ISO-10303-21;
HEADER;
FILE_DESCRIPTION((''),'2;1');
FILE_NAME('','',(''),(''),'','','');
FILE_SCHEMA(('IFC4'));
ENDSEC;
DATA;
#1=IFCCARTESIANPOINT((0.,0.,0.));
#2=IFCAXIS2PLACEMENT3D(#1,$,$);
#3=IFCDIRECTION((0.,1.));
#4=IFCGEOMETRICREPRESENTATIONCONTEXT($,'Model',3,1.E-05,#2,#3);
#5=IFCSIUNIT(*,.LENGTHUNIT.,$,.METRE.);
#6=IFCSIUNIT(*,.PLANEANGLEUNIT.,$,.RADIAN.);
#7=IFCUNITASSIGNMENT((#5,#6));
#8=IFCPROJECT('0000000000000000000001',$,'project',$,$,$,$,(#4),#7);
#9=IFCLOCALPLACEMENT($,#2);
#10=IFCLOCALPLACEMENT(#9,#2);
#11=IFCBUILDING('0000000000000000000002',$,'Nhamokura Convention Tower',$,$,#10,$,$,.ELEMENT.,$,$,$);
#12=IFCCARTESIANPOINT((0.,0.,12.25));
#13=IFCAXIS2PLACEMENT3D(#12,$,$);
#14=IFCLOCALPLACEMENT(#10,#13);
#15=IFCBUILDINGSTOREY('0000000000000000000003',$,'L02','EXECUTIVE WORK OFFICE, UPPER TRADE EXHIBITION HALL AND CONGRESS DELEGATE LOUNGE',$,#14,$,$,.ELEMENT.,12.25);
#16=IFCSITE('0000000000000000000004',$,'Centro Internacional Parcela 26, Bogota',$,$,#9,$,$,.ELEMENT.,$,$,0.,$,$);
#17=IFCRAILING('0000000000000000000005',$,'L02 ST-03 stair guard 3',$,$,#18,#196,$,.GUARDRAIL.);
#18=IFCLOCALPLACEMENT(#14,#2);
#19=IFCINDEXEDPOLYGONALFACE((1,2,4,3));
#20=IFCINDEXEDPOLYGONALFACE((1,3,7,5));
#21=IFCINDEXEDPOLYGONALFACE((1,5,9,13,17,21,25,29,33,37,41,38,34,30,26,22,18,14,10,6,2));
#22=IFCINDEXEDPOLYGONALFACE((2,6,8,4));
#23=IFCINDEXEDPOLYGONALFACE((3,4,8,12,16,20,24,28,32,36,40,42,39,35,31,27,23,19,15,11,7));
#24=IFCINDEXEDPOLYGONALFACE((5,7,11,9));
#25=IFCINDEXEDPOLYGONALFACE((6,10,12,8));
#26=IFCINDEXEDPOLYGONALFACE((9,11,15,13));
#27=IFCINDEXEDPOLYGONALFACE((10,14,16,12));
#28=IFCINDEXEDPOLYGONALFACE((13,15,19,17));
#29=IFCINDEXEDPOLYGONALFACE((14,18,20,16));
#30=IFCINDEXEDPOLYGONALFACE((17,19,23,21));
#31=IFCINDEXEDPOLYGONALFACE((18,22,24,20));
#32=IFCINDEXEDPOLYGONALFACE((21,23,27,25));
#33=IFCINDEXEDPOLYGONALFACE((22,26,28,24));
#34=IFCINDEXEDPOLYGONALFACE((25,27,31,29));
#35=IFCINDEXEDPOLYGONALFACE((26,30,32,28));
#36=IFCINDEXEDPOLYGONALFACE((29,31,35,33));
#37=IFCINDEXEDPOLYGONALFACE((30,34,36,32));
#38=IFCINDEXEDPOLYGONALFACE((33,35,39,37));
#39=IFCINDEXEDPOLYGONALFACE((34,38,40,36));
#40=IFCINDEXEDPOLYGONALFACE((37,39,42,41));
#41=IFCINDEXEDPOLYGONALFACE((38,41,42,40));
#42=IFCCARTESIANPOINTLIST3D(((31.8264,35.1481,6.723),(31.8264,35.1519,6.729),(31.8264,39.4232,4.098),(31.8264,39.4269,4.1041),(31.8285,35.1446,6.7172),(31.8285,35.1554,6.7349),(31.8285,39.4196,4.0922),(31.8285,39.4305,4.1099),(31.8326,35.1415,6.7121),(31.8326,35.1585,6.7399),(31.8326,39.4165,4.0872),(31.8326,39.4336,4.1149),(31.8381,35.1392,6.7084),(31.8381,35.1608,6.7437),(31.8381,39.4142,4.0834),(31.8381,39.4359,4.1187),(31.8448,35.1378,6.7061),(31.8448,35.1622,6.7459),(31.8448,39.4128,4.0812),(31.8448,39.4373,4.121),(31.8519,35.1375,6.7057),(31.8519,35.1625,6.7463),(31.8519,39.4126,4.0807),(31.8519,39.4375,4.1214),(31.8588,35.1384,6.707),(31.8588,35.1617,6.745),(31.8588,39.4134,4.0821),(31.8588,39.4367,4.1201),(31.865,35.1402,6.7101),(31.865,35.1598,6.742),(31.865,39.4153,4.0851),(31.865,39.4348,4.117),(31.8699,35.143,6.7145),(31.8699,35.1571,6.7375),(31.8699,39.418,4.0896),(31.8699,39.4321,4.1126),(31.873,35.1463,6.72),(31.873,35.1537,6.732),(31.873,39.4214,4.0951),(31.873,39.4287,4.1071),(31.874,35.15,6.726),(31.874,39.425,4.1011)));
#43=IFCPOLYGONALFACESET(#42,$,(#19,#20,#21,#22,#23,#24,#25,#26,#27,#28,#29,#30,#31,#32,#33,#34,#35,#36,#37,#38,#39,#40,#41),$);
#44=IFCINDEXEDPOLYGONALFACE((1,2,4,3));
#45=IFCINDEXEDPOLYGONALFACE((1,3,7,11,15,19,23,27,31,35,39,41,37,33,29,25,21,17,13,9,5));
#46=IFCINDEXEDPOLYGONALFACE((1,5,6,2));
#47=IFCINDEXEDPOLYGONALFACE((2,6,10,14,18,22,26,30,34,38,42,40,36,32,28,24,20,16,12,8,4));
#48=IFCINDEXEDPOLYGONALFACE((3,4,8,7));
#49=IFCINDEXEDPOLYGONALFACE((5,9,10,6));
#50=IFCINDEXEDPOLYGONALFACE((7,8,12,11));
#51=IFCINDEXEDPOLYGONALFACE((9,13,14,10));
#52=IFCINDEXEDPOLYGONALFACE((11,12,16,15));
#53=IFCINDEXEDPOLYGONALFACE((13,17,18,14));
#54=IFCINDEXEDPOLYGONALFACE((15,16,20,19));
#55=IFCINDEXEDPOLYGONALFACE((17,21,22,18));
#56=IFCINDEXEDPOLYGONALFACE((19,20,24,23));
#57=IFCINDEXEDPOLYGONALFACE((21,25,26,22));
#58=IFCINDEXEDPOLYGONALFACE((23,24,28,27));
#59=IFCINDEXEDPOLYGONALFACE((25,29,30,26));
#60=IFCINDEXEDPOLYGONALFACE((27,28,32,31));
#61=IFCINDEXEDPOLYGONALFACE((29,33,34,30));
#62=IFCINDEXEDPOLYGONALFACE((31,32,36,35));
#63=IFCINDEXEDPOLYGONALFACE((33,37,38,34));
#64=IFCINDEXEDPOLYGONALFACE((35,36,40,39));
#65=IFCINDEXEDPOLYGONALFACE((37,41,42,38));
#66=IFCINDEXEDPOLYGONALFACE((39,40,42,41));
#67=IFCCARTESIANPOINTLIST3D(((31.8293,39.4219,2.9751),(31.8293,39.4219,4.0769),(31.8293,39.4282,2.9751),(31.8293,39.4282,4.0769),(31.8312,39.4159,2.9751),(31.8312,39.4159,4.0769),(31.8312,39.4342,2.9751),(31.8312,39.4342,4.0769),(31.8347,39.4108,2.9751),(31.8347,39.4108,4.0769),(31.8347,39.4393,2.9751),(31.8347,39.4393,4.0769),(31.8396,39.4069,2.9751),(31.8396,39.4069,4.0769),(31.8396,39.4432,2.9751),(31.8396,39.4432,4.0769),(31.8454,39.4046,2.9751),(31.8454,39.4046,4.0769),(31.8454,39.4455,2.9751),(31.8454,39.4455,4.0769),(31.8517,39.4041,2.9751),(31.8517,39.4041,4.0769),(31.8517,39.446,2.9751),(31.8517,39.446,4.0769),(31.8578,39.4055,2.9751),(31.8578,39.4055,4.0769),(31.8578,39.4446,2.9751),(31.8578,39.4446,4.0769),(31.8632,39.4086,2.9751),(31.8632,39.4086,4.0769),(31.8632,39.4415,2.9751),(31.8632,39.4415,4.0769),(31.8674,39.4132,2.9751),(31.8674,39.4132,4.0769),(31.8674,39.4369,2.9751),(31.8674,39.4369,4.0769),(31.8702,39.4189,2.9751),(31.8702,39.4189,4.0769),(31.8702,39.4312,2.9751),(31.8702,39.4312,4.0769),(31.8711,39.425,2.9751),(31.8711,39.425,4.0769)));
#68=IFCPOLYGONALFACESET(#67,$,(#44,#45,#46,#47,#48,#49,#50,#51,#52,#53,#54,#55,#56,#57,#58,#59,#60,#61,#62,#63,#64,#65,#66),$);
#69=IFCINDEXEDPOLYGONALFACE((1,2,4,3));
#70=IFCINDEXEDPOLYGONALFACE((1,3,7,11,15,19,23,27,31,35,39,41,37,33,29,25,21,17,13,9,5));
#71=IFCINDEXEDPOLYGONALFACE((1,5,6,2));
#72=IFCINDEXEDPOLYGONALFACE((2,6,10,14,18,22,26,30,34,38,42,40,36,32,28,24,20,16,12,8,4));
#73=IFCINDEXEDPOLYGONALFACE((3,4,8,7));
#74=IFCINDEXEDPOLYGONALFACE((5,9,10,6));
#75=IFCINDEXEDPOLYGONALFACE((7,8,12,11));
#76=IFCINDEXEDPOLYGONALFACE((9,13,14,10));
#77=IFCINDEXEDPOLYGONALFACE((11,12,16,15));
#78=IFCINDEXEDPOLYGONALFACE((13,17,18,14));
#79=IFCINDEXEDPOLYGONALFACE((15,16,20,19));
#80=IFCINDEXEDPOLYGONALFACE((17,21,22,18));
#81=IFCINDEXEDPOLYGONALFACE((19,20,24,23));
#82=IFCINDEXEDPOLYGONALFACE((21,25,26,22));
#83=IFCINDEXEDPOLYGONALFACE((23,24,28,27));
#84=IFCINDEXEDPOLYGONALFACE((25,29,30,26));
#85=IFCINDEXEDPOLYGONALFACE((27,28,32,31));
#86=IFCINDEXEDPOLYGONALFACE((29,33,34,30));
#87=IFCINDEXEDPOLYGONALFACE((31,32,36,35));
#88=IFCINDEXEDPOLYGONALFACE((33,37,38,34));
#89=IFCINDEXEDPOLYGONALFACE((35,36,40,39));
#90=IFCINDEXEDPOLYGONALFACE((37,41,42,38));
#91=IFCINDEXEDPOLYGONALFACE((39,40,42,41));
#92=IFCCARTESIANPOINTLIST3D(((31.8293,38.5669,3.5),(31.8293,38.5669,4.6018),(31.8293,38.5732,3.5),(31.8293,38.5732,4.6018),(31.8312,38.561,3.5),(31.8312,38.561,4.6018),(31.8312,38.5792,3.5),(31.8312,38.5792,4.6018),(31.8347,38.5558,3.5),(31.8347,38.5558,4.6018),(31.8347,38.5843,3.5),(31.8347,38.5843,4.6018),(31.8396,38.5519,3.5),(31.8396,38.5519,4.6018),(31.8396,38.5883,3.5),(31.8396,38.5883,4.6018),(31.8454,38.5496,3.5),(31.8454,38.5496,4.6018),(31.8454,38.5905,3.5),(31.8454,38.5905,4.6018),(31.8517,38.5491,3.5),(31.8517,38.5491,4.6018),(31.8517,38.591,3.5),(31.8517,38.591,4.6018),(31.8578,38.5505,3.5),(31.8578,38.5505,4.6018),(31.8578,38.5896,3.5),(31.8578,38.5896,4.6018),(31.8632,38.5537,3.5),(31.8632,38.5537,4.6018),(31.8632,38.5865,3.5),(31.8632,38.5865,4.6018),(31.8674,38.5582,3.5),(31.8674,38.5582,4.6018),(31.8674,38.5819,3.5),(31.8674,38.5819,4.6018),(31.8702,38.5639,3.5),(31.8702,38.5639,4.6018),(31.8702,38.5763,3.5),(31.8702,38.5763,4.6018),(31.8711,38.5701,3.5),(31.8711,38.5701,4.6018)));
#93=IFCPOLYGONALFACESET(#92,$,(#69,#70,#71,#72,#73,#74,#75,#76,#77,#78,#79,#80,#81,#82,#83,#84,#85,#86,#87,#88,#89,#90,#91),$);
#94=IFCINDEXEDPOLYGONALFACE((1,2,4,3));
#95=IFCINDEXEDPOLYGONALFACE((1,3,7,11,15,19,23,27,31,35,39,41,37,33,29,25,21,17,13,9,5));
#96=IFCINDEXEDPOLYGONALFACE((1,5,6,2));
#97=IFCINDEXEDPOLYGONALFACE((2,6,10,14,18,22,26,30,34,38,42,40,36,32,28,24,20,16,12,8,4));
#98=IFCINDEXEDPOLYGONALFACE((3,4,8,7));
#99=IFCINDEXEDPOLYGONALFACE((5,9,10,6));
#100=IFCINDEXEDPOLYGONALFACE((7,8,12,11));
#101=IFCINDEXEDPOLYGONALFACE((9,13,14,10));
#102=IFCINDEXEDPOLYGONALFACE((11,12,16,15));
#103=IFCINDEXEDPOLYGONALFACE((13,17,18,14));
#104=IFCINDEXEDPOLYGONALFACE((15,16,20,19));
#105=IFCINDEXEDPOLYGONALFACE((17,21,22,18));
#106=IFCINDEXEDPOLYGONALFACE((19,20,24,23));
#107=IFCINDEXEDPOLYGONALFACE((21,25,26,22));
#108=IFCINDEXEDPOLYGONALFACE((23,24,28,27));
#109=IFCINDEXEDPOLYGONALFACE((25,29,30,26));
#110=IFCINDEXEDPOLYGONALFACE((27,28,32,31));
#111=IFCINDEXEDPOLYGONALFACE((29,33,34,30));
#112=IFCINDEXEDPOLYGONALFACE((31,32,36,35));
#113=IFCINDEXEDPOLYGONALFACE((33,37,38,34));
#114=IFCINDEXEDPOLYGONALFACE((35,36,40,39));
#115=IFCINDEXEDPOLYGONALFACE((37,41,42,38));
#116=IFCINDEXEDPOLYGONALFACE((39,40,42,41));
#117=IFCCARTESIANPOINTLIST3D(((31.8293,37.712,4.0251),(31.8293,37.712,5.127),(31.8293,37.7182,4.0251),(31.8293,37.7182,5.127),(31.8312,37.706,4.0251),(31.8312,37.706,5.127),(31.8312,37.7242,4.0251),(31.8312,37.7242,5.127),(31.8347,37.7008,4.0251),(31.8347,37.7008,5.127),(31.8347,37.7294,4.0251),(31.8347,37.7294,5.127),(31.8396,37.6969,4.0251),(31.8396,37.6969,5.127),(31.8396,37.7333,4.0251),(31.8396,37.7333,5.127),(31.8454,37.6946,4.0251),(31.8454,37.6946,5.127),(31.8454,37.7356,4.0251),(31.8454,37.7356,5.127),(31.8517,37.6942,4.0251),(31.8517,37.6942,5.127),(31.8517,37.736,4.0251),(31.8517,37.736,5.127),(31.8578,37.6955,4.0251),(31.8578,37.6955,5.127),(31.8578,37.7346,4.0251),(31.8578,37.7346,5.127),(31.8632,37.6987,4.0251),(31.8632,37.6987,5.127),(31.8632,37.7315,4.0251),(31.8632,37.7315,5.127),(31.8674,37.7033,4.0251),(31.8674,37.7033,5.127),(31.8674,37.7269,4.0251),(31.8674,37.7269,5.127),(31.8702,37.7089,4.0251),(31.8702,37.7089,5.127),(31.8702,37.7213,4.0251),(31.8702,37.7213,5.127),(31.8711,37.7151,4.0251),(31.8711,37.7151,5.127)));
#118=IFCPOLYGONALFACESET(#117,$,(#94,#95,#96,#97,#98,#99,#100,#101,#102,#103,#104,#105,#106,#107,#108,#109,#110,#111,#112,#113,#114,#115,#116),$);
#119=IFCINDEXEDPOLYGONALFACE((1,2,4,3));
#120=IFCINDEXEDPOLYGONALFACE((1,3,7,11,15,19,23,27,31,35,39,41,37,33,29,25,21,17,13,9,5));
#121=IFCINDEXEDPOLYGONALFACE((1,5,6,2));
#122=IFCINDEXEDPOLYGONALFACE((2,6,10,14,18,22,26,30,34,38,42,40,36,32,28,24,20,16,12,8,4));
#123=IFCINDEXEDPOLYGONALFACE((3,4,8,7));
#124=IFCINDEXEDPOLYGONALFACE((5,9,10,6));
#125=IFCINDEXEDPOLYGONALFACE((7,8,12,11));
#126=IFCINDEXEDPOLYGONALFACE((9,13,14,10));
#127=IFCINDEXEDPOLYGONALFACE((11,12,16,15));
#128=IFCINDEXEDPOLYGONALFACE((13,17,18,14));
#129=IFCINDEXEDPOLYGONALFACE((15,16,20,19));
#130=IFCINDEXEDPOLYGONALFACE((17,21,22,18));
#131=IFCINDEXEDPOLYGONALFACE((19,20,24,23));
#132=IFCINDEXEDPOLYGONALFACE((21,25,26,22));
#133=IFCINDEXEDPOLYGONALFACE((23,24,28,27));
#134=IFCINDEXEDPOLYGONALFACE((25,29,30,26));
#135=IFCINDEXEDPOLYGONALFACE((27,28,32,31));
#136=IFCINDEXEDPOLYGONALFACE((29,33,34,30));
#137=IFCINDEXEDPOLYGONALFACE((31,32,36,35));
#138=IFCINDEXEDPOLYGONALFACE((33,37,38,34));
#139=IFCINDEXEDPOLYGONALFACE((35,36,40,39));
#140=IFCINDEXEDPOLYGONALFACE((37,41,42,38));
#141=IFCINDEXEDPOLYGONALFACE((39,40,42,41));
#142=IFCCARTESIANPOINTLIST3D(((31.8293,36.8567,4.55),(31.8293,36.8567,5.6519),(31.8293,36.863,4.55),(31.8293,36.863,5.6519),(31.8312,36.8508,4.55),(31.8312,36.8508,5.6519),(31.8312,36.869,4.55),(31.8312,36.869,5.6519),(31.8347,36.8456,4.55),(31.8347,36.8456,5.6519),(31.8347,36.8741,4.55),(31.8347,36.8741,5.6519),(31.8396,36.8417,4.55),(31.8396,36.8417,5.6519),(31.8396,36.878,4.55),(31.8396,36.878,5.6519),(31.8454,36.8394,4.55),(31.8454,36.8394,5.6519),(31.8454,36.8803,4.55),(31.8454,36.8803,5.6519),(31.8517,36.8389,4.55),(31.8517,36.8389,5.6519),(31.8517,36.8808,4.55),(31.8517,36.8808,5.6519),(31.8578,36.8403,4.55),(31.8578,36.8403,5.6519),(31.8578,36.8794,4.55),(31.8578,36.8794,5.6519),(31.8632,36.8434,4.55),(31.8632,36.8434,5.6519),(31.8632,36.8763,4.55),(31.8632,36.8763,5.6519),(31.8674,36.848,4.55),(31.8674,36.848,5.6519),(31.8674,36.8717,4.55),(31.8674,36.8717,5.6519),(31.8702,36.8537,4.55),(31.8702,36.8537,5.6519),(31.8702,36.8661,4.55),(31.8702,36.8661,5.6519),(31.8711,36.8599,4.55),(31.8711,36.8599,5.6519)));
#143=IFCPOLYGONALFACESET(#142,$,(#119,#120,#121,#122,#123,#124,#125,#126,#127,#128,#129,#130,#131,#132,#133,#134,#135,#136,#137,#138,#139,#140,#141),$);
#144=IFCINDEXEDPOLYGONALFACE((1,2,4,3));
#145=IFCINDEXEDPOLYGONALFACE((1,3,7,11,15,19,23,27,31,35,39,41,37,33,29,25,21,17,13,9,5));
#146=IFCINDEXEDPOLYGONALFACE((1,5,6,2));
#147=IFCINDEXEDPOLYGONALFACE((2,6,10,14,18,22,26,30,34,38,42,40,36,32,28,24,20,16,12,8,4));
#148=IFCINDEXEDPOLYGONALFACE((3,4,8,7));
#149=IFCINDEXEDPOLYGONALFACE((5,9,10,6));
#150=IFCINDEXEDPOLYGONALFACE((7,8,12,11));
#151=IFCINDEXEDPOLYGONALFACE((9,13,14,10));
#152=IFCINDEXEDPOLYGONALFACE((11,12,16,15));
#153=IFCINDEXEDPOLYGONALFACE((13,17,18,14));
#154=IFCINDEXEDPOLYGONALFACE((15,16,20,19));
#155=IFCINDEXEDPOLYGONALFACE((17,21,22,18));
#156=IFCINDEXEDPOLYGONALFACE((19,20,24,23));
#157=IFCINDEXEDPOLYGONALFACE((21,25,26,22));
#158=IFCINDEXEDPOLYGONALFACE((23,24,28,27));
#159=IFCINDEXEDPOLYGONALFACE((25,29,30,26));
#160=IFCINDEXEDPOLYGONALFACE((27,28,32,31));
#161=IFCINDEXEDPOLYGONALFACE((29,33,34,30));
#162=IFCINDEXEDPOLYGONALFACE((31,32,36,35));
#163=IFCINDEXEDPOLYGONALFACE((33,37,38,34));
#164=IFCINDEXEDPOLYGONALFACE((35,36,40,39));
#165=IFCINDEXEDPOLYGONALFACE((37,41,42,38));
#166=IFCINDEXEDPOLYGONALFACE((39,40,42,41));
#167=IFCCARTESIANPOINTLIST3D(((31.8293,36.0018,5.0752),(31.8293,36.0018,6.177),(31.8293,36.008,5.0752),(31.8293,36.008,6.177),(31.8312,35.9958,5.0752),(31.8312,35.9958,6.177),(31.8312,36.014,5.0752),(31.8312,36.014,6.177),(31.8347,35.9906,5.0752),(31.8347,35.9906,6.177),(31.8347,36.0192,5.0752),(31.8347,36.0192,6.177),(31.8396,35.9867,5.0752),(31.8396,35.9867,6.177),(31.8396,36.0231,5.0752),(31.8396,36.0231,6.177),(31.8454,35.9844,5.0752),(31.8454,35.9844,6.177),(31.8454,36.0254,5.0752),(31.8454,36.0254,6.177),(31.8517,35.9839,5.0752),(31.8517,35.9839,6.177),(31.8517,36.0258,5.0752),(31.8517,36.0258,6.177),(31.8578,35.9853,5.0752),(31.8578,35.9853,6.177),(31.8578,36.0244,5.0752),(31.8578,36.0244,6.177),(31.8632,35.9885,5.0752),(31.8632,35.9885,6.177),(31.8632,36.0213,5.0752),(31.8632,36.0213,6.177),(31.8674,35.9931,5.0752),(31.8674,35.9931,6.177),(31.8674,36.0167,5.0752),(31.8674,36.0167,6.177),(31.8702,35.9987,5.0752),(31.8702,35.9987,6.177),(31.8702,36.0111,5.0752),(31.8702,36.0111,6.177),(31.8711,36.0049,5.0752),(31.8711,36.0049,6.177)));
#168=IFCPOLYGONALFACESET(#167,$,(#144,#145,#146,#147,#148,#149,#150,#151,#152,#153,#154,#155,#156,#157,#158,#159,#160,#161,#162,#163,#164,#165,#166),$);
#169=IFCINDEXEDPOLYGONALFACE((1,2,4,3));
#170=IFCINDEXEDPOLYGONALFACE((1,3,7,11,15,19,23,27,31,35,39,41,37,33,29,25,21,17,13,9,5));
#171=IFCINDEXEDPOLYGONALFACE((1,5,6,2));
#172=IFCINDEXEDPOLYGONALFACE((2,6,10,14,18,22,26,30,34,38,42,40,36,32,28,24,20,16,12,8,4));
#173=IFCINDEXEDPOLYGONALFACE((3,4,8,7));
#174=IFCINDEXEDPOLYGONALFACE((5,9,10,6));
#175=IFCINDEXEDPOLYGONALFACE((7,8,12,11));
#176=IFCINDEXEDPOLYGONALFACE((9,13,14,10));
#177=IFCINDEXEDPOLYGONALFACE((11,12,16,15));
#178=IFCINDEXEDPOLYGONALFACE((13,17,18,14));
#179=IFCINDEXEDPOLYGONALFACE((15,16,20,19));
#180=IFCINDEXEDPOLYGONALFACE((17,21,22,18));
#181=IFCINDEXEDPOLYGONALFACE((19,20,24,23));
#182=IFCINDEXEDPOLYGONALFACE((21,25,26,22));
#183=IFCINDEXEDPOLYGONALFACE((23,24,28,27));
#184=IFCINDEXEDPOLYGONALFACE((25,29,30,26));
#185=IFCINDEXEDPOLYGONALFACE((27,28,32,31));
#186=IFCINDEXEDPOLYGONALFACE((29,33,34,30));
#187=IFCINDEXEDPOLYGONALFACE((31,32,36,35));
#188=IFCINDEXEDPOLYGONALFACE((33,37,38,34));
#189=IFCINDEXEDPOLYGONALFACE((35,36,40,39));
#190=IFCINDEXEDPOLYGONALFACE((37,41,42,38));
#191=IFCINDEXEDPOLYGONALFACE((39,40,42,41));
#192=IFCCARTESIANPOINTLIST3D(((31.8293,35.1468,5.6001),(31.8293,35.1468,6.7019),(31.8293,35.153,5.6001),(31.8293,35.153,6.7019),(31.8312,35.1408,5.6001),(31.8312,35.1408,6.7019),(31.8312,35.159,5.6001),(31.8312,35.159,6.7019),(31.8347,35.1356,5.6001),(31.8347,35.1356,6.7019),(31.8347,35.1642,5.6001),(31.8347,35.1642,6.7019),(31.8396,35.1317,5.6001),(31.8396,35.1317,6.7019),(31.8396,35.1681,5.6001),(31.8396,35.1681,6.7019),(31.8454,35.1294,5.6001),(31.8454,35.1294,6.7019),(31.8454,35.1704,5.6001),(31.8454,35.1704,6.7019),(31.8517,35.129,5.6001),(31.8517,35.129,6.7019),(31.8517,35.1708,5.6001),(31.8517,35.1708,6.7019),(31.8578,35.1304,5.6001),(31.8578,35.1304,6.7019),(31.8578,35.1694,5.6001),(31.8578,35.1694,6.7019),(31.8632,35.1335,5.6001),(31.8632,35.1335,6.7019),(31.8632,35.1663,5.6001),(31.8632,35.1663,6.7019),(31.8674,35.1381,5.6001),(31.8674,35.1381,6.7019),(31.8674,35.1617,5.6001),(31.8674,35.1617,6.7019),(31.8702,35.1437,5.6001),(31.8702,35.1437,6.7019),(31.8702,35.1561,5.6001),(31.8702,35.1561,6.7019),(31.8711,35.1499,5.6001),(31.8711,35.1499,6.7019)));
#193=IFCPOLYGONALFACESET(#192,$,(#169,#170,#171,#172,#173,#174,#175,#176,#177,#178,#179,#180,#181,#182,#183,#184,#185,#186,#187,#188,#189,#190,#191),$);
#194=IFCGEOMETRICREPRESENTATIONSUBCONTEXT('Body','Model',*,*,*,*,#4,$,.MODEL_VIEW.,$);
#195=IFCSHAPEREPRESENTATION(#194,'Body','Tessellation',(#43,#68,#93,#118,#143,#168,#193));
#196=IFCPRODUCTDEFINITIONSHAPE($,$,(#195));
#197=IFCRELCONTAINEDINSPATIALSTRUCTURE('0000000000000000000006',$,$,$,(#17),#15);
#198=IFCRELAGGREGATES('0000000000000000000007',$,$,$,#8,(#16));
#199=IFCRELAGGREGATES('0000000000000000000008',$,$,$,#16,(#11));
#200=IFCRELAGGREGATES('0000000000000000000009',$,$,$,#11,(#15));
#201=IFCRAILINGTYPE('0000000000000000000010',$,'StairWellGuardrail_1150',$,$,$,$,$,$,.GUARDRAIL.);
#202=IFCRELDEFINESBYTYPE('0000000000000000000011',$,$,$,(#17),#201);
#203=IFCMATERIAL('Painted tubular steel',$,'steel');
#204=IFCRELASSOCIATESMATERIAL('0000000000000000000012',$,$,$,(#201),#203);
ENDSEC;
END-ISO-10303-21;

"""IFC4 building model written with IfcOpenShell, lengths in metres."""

from ifc_helpers import new_model, si_unit, direction, frame, origin, origin_2d, place, context, subcontext, project, spatial, circle, extrude, material, type_object, element, save


model = new_model("IFC4")

# Units and contexts
model_context = context("Model", 3, precision=1e-05, world=origin(), true_north=direction((0.0, 1.0)))
body_context = subcontext(model_context, "Body", "Model", "MODEL_VIEW")
ifc_project = project(units=[si_unit("LENGTHUNIT", "METRE"), si_unit("PLANEANGLEUNIT", "RADIAN")], contexts=[model_context])

# Site, building, storey
site_placement = place(None, origin())
site = spatial("IfcSite", under=ifc_project, at=site_placement, Name="Centro Internacional Parcela 26, Bogota", CompositionType="ELEMENT", RefElevation=0.0)
building_placement = place(site_placement, origin())
building = spatial("IfcBuilding", under=site, at=building_placement, Name="Nhamokura Convention Tower", CompositionType="ELEMENT")
storey_placement = place(building_placement, frame((0.0, 0.0, 12.25)))
storey = spatial("IfcBuildingStorey", under=building, at=storey_placement, Name="L02", Description="EXECUTIVE WORK OFFICE, UPPER TRADE EXHIBITION HALL AND CONGRESS DELEGATE LOUNGE", CompositionType="ELEMENT", Elevation=12.25)

# Railing
ifc_material_1 = material(Name="Painted tubular steel", Category="steel")
railing_type_1 = type_object("IfcRailingType", Name="StairWellGuardrail_1150", PredefinedType="GUARDRAIL", material=ifc_material_1)
railing_1_placement = place(storey_placement, frame((31.8501, 39.425, 2.9751)))
element("IfcRailing", 1, at=railing_1_placement, inside=storey, type_object=railing_type_1, Name="L02 ST-03 stair guard 3", PredefinedType="GUARDRAIL", context=body_context, shape_type="SweptSolid", body=[
    extrude(circle(Radius=0.0239, at=origin_2d()), frame((0.0, 0.0, 1.126), z_axis=(0.0, -0.852179, 0.52325), x_axis=(1.0, 0.0, 0.0)), (0.0, 0.0, 1.0), 5.0166),
    extrude(circle(Radius=0.021, at=origin_2d()), origin(), (0.0, 0.0, 1.0), 1.1018),
    extrude(circle(Radius=0.021, at=origin_2d()), frame((0.0, -0.855, 0.5249)), (0.0, 0.0, 1.0), 1.1018),
    extrude(circle(Radius=0.021, at=origin_2d()), frame((0.0, -1.71, 1.05)), (0.0, 0.0, 1.0), 1.1018),
    extrude(circle(Radius=0.021, at=origin_2d()), frame((0.0, -2.5652, 1.575)), (0.0, 0.0, 1.0), 1.1018),
    extrude(circle(Radius=0.021, at=origin_2d()), frame((0.0, -3.4202, 2.1001)), (0.0, 0.0, 1.0), 1.1018),
    extrude(circle(Radius=0.021, at=origin_2d()), frame((0.0, -4.2751, 2.625)), (0.0, 0.0, 1.0), 1.1018),
])

save(model, "model.ifc")
